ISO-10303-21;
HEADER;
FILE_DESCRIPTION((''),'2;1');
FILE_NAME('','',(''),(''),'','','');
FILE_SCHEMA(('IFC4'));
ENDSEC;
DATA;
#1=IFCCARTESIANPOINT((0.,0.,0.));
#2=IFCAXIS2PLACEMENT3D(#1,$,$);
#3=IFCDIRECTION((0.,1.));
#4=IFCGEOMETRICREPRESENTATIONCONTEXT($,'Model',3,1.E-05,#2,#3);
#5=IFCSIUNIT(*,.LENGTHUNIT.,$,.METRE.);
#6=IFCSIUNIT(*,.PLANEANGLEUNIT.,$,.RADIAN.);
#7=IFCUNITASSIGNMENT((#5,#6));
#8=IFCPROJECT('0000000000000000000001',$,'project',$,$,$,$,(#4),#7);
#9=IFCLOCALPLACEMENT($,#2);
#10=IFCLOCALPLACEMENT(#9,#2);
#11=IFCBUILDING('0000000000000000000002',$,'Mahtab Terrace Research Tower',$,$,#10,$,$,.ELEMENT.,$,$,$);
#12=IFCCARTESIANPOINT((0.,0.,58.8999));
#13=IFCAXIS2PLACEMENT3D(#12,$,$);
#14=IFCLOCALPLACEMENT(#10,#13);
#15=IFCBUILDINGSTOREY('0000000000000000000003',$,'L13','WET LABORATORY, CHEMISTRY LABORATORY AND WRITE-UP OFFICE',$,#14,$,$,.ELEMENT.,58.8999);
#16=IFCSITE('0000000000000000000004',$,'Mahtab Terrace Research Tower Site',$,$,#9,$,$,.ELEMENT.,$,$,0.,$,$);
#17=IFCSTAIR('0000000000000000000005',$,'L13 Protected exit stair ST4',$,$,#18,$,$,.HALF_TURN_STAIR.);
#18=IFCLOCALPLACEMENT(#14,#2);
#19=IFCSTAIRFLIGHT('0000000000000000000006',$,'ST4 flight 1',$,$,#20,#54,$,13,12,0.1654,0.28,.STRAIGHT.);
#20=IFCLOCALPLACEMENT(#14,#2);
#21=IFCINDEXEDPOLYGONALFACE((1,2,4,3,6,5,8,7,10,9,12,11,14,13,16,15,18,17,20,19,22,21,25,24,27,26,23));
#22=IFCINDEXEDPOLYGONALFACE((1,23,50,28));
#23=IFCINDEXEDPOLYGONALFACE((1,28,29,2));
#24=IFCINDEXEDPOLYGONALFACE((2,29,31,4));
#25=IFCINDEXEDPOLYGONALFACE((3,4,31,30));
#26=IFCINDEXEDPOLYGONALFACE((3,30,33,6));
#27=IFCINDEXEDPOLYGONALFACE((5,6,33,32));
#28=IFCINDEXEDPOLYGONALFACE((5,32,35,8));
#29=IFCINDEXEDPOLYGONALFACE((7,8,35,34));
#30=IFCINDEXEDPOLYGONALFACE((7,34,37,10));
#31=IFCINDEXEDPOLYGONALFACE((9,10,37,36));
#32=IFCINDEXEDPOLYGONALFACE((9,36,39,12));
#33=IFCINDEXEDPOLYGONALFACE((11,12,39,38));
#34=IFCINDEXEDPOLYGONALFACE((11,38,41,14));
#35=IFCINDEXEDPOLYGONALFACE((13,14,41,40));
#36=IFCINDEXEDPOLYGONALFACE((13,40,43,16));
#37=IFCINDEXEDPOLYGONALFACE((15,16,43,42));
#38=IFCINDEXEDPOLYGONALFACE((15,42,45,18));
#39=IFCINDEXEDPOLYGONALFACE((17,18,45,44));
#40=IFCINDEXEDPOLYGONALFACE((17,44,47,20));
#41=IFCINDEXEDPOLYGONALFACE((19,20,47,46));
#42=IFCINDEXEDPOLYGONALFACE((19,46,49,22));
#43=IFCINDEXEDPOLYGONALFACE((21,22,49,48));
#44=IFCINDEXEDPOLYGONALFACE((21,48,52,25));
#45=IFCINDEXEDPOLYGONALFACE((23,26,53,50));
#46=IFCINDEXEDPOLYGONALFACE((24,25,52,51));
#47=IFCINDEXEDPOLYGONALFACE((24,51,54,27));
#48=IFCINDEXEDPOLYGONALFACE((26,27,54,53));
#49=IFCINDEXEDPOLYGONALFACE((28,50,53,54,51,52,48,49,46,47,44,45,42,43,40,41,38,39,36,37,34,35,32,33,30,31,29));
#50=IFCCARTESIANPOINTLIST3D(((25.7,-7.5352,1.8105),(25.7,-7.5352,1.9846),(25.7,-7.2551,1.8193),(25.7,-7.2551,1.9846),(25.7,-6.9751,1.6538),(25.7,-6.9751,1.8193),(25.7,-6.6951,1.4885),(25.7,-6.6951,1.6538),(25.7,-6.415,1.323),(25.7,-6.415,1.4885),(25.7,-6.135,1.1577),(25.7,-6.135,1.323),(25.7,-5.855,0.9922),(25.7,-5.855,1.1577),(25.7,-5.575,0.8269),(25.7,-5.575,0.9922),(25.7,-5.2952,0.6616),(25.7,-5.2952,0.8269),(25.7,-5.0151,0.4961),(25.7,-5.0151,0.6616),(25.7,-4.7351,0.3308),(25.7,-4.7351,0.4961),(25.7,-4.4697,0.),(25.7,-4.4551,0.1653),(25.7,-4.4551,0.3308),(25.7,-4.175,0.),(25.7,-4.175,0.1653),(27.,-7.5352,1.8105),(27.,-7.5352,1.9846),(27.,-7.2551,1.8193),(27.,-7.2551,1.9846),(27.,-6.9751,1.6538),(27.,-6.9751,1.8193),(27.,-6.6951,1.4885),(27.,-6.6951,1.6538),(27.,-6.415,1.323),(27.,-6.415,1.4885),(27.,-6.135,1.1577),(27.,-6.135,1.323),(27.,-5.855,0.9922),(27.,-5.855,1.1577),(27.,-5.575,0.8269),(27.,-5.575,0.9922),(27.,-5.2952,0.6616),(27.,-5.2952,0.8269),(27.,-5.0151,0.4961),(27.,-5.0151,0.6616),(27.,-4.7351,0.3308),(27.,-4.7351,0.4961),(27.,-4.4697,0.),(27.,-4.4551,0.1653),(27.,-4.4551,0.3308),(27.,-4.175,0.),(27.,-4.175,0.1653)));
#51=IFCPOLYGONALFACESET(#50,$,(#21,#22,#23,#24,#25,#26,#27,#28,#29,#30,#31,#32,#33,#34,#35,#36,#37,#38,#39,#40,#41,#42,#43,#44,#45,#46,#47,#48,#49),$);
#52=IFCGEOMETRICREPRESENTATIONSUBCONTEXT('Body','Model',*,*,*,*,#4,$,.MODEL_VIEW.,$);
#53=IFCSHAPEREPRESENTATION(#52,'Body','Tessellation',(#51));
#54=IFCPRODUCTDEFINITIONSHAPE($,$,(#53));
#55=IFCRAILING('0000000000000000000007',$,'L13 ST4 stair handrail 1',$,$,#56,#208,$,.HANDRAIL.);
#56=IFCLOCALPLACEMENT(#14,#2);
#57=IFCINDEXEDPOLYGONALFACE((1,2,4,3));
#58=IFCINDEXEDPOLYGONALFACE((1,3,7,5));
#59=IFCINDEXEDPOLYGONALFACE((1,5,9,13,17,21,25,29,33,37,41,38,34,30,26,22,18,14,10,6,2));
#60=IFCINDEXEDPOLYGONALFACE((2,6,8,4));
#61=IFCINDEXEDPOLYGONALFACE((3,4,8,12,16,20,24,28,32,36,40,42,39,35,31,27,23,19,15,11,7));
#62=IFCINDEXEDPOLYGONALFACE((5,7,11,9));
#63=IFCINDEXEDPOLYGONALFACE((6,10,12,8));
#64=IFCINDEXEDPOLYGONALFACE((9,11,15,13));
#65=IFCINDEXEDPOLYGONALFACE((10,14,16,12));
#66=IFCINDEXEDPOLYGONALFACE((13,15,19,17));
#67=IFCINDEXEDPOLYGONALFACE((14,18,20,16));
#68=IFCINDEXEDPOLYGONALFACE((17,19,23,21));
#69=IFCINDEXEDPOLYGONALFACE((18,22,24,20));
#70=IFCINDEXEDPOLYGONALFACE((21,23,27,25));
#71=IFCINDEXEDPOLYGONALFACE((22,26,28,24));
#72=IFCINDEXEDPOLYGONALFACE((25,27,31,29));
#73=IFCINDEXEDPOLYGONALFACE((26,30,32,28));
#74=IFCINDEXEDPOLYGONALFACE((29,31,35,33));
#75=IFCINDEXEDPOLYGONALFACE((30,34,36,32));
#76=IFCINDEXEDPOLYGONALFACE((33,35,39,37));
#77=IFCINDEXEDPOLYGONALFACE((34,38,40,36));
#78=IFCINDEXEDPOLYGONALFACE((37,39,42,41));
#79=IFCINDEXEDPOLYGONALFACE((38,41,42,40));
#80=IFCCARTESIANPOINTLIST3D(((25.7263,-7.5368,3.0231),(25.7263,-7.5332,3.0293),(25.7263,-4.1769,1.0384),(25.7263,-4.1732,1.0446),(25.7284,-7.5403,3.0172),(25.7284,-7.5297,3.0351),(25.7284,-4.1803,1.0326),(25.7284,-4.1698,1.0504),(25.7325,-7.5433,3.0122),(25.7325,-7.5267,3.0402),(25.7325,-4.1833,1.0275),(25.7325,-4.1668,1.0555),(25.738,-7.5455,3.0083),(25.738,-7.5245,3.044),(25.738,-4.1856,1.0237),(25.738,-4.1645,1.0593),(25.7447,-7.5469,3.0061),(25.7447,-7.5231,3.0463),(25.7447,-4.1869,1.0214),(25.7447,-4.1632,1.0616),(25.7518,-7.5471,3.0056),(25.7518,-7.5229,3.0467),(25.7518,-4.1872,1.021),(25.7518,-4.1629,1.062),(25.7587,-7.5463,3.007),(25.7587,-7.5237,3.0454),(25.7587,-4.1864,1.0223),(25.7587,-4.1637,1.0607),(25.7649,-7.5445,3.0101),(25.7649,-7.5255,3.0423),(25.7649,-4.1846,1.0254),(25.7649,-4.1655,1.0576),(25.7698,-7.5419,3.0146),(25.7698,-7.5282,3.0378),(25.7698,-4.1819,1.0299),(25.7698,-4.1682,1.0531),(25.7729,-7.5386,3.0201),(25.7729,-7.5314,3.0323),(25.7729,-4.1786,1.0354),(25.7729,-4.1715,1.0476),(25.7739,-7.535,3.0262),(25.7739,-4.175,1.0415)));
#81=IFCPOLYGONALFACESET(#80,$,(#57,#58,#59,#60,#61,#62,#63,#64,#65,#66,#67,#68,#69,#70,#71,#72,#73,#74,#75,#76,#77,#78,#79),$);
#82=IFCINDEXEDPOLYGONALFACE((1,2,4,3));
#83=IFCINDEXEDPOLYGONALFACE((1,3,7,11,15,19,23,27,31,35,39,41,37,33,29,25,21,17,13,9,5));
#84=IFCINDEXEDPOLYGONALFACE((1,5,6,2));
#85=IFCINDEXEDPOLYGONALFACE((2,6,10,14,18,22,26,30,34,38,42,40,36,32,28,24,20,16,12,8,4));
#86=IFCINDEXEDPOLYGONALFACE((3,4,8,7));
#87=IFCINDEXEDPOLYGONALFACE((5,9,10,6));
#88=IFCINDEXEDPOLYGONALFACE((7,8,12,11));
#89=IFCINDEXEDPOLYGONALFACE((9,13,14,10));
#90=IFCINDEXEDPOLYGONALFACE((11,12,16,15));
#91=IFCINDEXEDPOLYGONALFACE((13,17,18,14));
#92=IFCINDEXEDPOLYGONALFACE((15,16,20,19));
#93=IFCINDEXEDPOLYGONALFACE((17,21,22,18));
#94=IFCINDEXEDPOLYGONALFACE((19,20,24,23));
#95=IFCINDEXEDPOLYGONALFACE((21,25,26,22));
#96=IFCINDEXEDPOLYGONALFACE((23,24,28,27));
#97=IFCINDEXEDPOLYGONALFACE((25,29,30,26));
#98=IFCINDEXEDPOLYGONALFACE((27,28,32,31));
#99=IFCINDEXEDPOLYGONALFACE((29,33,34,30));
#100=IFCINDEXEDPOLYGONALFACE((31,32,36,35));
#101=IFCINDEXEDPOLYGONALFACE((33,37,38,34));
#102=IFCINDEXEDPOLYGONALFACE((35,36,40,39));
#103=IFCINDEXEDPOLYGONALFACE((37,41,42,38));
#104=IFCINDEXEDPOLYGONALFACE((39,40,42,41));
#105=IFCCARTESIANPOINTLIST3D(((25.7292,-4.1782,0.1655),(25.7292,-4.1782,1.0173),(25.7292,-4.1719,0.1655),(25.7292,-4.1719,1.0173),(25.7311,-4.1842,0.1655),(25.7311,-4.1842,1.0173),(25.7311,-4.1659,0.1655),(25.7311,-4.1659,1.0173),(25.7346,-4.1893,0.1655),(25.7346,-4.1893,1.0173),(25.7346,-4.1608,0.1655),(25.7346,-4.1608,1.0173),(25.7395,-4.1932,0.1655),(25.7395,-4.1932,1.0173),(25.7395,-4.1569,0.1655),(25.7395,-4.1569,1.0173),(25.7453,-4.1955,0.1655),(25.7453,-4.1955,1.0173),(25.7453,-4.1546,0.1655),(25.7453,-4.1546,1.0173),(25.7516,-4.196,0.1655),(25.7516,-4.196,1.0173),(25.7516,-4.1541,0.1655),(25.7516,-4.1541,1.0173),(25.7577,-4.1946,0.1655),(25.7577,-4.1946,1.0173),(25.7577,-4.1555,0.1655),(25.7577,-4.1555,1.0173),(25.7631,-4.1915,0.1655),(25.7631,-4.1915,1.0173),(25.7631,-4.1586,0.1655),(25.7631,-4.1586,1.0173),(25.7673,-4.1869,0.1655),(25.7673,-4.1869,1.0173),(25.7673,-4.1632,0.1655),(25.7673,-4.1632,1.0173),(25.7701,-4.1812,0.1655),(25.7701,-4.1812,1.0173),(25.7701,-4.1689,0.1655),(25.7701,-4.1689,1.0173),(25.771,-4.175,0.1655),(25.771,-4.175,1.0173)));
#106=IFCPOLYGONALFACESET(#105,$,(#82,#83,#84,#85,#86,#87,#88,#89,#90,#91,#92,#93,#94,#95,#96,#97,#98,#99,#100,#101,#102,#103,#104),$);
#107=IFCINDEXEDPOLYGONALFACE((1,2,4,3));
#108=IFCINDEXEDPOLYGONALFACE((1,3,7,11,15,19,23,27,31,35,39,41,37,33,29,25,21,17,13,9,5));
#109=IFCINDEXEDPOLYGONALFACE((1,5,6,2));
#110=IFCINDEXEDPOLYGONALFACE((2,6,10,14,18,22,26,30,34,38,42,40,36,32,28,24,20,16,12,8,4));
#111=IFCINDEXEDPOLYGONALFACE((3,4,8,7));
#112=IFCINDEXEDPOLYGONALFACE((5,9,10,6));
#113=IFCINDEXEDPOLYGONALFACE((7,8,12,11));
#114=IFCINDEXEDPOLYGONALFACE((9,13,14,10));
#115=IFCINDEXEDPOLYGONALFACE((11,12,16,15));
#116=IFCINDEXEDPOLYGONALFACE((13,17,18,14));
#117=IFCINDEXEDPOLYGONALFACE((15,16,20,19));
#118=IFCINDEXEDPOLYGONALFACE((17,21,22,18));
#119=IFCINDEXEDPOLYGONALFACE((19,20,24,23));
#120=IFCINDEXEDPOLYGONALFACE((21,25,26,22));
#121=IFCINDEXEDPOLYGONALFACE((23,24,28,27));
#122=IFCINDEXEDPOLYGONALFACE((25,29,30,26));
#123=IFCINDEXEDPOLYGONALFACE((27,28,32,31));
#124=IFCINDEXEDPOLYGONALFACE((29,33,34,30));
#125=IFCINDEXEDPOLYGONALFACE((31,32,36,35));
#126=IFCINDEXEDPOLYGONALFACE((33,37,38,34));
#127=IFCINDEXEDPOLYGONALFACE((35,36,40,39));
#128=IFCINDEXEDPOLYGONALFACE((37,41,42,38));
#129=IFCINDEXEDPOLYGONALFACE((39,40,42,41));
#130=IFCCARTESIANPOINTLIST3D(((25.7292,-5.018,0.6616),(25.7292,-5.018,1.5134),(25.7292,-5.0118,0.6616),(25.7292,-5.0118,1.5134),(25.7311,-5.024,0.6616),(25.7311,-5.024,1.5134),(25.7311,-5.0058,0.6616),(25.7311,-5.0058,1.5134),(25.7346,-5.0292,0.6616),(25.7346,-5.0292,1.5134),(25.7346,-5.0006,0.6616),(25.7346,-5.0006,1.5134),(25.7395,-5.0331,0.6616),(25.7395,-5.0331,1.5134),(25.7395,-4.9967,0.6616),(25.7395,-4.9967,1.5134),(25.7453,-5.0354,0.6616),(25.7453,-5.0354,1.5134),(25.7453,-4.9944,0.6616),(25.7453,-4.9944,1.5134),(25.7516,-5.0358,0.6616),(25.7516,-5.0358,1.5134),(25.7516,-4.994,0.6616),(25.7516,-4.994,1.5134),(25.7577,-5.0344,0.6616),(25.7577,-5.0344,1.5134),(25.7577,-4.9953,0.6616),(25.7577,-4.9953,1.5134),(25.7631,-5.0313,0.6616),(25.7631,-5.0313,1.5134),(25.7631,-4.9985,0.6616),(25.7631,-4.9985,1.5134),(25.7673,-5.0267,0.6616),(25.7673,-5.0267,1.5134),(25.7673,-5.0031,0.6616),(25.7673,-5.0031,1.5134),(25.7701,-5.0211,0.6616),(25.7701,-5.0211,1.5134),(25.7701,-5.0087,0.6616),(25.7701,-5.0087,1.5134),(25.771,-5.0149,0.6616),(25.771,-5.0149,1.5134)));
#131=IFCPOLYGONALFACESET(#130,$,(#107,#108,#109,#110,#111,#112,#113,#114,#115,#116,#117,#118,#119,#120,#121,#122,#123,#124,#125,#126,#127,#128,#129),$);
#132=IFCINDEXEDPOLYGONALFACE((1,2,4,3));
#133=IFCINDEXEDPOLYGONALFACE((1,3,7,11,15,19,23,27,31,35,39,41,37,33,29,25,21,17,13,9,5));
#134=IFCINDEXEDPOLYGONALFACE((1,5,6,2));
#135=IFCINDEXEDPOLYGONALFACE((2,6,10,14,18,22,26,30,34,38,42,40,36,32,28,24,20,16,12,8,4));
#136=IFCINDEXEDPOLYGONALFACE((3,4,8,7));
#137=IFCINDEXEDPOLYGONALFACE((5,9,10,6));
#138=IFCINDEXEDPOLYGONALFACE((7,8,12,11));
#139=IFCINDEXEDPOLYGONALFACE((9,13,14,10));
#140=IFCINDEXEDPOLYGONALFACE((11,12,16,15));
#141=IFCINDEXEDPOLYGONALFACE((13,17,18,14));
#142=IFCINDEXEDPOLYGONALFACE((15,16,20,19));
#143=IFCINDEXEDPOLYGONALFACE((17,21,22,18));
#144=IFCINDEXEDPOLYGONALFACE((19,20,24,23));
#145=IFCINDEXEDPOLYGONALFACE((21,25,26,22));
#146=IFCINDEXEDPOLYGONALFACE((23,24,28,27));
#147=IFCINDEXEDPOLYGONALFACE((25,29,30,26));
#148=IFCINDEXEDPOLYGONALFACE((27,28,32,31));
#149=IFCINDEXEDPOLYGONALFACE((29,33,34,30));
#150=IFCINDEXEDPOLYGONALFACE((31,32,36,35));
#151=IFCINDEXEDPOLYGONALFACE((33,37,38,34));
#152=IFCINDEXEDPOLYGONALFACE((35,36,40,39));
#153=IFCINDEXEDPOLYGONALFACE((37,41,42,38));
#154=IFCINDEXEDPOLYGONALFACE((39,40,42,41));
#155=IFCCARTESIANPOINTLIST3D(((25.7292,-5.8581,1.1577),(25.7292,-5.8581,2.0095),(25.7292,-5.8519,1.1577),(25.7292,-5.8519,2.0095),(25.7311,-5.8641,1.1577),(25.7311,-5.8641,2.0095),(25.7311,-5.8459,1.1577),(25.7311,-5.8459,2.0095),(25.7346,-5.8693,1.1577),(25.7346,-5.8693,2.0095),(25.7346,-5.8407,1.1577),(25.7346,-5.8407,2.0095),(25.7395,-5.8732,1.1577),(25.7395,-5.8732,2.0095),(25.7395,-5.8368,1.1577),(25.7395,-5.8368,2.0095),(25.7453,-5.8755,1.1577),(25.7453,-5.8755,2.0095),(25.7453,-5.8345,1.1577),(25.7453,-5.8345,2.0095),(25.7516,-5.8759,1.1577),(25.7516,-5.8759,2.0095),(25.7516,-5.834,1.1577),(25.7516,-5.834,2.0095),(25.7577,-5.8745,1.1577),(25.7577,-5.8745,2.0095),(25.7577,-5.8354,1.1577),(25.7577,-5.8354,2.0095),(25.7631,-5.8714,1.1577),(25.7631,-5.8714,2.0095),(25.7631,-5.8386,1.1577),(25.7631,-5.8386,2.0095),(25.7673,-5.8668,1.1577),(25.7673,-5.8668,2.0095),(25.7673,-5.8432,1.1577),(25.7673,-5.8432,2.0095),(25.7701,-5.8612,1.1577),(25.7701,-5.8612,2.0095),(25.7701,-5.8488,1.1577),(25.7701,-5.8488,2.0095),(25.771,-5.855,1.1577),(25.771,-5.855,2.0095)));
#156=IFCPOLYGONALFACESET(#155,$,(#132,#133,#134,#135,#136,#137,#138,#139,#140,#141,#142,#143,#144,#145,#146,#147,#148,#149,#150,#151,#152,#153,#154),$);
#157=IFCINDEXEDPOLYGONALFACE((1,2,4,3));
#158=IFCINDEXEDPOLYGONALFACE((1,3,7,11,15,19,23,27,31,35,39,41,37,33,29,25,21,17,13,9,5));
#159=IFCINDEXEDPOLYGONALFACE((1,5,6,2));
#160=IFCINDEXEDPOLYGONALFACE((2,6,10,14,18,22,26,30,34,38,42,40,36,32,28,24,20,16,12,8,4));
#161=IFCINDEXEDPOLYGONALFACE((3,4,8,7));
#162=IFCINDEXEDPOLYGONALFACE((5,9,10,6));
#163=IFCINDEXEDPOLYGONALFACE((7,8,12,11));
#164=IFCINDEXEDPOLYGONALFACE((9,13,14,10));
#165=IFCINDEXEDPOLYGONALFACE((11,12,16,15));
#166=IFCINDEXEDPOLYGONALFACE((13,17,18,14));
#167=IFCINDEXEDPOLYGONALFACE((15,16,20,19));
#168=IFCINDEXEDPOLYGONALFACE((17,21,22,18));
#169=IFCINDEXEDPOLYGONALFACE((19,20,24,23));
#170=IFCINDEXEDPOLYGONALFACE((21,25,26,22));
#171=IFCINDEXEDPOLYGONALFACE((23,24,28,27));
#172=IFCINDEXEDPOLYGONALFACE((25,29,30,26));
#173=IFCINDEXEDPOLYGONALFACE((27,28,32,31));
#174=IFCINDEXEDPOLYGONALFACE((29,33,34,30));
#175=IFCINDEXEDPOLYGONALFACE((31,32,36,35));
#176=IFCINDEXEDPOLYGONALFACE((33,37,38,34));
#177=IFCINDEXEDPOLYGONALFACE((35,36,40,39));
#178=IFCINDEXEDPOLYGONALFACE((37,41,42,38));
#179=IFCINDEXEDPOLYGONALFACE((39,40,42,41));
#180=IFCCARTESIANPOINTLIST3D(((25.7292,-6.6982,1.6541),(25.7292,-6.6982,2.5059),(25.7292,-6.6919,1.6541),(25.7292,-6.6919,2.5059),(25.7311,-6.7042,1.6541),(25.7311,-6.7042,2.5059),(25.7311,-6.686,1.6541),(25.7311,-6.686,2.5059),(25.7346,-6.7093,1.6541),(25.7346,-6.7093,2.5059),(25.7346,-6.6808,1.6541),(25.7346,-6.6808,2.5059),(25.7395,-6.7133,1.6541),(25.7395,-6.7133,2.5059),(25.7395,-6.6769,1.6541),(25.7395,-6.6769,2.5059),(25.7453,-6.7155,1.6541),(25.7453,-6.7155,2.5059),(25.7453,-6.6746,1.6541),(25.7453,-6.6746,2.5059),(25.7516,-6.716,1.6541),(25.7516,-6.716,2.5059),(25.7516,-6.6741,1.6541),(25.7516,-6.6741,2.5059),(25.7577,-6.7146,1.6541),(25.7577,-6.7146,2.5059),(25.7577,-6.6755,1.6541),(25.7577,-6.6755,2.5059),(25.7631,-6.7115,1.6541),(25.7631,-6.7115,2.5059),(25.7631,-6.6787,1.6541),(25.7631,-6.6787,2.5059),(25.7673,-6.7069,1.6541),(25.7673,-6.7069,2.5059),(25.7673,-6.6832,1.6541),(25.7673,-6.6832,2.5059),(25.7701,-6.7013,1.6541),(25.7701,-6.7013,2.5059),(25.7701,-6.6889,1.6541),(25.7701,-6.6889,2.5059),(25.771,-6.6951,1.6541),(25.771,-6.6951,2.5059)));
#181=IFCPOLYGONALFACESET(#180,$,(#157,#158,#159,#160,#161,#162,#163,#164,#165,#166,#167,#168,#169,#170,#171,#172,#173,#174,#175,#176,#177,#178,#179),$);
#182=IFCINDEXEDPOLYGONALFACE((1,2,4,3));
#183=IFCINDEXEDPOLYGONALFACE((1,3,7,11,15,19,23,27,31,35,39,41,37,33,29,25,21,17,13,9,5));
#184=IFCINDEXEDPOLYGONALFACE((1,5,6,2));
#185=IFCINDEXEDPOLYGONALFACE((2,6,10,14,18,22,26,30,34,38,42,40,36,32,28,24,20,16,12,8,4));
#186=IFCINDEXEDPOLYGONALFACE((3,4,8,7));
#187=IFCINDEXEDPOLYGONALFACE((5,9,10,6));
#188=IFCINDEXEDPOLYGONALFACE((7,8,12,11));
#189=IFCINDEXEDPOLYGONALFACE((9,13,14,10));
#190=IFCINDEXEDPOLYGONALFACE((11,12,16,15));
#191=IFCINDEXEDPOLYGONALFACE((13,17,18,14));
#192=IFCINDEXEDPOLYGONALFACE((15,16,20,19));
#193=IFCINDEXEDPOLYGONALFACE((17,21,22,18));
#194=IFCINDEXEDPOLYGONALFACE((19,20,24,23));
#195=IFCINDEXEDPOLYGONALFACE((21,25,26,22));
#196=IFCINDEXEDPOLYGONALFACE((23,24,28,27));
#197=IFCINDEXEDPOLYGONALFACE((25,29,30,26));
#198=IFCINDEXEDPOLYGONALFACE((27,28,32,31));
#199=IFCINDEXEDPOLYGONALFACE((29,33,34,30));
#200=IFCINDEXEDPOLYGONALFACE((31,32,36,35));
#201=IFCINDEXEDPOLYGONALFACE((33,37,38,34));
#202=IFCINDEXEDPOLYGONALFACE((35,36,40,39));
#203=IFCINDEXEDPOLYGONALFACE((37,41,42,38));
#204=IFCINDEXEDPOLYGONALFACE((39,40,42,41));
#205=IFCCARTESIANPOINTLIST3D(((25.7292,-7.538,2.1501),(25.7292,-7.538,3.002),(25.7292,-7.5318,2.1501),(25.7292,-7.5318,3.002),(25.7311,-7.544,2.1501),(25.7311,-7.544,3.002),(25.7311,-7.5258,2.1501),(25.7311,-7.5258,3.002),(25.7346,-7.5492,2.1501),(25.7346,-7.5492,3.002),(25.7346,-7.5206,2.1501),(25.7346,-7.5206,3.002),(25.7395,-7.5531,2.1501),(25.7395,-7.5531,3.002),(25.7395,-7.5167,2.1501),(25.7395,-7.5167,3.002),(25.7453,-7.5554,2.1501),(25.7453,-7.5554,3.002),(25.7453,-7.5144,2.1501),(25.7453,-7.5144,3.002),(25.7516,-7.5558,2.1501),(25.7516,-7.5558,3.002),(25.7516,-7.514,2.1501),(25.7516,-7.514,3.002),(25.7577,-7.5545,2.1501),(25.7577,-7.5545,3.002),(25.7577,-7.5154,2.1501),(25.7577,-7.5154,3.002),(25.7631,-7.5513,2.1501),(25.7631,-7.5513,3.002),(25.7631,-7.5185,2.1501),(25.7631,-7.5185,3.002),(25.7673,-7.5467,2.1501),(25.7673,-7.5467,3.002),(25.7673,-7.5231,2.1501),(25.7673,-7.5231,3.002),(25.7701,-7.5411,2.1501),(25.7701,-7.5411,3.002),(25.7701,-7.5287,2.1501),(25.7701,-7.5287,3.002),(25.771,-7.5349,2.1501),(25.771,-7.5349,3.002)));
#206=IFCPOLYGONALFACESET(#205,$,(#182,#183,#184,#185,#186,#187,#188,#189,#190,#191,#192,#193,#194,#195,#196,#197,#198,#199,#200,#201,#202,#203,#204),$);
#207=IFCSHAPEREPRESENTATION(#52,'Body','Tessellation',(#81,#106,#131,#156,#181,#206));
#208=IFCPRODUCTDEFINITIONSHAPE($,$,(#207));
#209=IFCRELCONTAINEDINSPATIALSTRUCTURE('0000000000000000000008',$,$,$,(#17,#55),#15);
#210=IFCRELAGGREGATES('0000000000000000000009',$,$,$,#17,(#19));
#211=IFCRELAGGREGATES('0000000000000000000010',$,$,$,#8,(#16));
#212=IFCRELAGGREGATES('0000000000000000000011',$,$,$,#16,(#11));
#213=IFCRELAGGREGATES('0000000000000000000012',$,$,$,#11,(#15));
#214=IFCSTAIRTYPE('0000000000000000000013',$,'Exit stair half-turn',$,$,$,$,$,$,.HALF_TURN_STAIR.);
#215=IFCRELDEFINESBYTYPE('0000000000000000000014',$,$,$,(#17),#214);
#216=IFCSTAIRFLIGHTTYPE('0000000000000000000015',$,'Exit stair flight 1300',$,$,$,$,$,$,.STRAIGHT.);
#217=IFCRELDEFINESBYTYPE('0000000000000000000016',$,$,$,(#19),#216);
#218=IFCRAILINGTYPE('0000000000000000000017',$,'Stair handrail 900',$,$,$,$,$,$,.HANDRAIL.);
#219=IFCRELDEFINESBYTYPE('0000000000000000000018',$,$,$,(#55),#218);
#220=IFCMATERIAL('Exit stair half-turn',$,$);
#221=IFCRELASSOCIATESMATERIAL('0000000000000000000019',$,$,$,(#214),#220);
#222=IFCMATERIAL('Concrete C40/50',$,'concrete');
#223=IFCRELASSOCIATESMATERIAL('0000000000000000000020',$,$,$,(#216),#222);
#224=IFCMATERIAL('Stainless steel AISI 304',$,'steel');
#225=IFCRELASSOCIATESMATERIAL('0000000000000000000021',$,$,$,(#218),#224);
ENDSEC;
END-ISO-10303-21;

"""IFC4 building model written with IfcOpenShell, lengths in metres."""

from ifc_helpers import new_model, si_unit, direction, frame, origin, origin_2d, place, context, subcontext, project, spatial, polyline, circle, outline, extrude, material, type_object, element, aggregate, save


model = new_model("IFC4")

# Units and contexts
model_context = context("Model", 3, precision=1e-05, world=origin(), true_north=direction((0.0, 1.0)))
body_context = subcontext(model_context, "Body", "Model", "MODEL_VIEW")
ifc_project = project(units=[si_unit("LENGTHUNIT", "METRE"), si_unit("PLANEANGLEUNIT", "RADIAN")], contexts=[model_context])

# Site, building, storey
site_placement = place(None, origin())
site = spatial("IfcSite", under=ifc_project, at=site_placement, Name="Mahtab Terrace Research Tower Site", CompositionType="ELEMENT", RefElevation=0.0)
building_placement = place(site_placement, origin())
building = spatial("IfcBuilding", under=site, at=building_placement, Name="Mahtab Terrace Research Tower", CompositionType="ELEMENT")
storey_placement = place(building_placement, frame((0.0, 0.0, 58.8999)))
storey = spatial("IfcBuildingStorey", under=building, at=storey_placement, Name="L13", Description="WET LABORATORY, CHEMISTRY LABORATORY AND WRITE-UP OFFICE", CompositionType="ELEMENT", Elevation=58.8999)

# Shared definitions
ifc_material_1 = material(Name="Stainless steel AISI 304", Category="steel")

# Stair, stair flight
ifc_material_2 = material(Name="Exit stair half-turn")
stair_type = type_object("IfcStairType", Name="Exit stair half-turn", PredefinedType="HALF_TURN_STAIR", material=ifc_material_2)
stair_placement = place(storey_placement, origin())
stair = element("IfcStair", 1, at=stair_placement, inside=storey, type_object=stair_type, Name="L13 Protected exit stair ST4", PredefinedType="HALF_TURN_STAIR")
ifc_material_3 = material(Name="Concrete C40/50", Category="concrete")
stair_flight_type = type_object("IfcStairFlightType", Name="Exit stair flight 1300", PredefinedType="STRAIGHT", material=ifc_material_3)
stair_flight_placement = place(storey_placement, frame((26.3501, -4.175, 0.0), z_axis=(0.0, 0.0, 1.0), x_axis=(0.0, -1.0, 0.0)))
stair_flight = element("IfcStairFlight", 2, at=stair_flight_placement, type_object=stair_flight_type, Name="ST4 flight 1", NumberOfRisers=13, NumberOfTreads=12, PredefinedType="STRAIGHT", RiserHeight=0.1654, TreadLength=0.28, context=body_context, shape_type="SweptSolid", body=[
    extrude(outline(polyline([(0.0, 0.0), (0.0, 0.1653), (0.28, 0.1653), (0.28, 0.3308), (0.5601, 0.3308), (0.5601, 0.4961), (0.8401, 0.4961), (0.8401, 0.6616), (1.1201, 0.6616), (1.1201, 0.8269), (1.3999, 0.8269), (1.3999, 0.9922), (1.6799, 0.9922), (1.6799, 1.1577), (1.96, 1.1577), (1.96, 1.323), (2.24, 1.323), (2.24, 1.4885), (2.52, 1.4885), (2.52, 1.6538), (2.8, 1.6538), (2.8, 1.8193), (3.0801, 1.8193), (3.0801, 1.9846), (3.3601, 1.9846), (3.3601, 2.1499), (3.3601, 1.8105), (0.2947, 0.0), (0.0, 0.0)])), frame((0.0, 0.6499, 0.0), z_axis=(0.0, -1.0, 0.0), x_axis=(1.0, 0.0, 0.0)), (0.0, 0.0, 1.0), 1.3),
])
aggregate(stair, [stair_flight])

# Railing
railing_type = type_object("IfcRailingType", Name="Stair handrail 900", PredefinedType="HANDRAIL", material=ifc_material_1)
railing_placement = place(storey_placement, frame((25.75, -4.175, 0.1655)))
element("IfcRailing", 3, at=railing_placement, inside=storey, type_object=railing_type, Name="L13 ST4 stair handrail 1", PredefinedType="HANDRAIL", context=body_context, shape_type="SweptSolid", body=[
    extrude(circle(Radius=0.0239, at=origin_2d()), frame((0.0, 0.0, 0.876), z_axis=(0.0, -0.861011, 0.508586), x_axis=(1.0, 0.0, 0.0)), (0.0, 0.0, 1.0), 3.9023),
    extrude(circle(Radius=0.021, at=origin_2d()), origin(), (0.0, 0.0, 1.0), 0.8518),
    extrude(circle(Radius=0.021, at=origin_2d()), frame((0.0, -0.8398, 0.4961)), (0.0, 0.0, 1.0), 0.8518),
    extrude(circle(Radius=0.021, at=origin_2d()), frame((0.0, -1.6799, 0.9922)), (0.0, 0.0, 1.0), 0.8518),
    extrude(circle(Radius=0.021, at=origin_2d()), frame((0.0, -2.52, 1.4885)), (0.0, 0.0, 1.0), 0.8518),
    extrude(circle(Radius=0.021, at=origin_2d()), frame((0.0, -3.3599, 1.9846)), (0.0, 0.0, 1.0), 0.8518),
])

save(model, "model.ifc")
